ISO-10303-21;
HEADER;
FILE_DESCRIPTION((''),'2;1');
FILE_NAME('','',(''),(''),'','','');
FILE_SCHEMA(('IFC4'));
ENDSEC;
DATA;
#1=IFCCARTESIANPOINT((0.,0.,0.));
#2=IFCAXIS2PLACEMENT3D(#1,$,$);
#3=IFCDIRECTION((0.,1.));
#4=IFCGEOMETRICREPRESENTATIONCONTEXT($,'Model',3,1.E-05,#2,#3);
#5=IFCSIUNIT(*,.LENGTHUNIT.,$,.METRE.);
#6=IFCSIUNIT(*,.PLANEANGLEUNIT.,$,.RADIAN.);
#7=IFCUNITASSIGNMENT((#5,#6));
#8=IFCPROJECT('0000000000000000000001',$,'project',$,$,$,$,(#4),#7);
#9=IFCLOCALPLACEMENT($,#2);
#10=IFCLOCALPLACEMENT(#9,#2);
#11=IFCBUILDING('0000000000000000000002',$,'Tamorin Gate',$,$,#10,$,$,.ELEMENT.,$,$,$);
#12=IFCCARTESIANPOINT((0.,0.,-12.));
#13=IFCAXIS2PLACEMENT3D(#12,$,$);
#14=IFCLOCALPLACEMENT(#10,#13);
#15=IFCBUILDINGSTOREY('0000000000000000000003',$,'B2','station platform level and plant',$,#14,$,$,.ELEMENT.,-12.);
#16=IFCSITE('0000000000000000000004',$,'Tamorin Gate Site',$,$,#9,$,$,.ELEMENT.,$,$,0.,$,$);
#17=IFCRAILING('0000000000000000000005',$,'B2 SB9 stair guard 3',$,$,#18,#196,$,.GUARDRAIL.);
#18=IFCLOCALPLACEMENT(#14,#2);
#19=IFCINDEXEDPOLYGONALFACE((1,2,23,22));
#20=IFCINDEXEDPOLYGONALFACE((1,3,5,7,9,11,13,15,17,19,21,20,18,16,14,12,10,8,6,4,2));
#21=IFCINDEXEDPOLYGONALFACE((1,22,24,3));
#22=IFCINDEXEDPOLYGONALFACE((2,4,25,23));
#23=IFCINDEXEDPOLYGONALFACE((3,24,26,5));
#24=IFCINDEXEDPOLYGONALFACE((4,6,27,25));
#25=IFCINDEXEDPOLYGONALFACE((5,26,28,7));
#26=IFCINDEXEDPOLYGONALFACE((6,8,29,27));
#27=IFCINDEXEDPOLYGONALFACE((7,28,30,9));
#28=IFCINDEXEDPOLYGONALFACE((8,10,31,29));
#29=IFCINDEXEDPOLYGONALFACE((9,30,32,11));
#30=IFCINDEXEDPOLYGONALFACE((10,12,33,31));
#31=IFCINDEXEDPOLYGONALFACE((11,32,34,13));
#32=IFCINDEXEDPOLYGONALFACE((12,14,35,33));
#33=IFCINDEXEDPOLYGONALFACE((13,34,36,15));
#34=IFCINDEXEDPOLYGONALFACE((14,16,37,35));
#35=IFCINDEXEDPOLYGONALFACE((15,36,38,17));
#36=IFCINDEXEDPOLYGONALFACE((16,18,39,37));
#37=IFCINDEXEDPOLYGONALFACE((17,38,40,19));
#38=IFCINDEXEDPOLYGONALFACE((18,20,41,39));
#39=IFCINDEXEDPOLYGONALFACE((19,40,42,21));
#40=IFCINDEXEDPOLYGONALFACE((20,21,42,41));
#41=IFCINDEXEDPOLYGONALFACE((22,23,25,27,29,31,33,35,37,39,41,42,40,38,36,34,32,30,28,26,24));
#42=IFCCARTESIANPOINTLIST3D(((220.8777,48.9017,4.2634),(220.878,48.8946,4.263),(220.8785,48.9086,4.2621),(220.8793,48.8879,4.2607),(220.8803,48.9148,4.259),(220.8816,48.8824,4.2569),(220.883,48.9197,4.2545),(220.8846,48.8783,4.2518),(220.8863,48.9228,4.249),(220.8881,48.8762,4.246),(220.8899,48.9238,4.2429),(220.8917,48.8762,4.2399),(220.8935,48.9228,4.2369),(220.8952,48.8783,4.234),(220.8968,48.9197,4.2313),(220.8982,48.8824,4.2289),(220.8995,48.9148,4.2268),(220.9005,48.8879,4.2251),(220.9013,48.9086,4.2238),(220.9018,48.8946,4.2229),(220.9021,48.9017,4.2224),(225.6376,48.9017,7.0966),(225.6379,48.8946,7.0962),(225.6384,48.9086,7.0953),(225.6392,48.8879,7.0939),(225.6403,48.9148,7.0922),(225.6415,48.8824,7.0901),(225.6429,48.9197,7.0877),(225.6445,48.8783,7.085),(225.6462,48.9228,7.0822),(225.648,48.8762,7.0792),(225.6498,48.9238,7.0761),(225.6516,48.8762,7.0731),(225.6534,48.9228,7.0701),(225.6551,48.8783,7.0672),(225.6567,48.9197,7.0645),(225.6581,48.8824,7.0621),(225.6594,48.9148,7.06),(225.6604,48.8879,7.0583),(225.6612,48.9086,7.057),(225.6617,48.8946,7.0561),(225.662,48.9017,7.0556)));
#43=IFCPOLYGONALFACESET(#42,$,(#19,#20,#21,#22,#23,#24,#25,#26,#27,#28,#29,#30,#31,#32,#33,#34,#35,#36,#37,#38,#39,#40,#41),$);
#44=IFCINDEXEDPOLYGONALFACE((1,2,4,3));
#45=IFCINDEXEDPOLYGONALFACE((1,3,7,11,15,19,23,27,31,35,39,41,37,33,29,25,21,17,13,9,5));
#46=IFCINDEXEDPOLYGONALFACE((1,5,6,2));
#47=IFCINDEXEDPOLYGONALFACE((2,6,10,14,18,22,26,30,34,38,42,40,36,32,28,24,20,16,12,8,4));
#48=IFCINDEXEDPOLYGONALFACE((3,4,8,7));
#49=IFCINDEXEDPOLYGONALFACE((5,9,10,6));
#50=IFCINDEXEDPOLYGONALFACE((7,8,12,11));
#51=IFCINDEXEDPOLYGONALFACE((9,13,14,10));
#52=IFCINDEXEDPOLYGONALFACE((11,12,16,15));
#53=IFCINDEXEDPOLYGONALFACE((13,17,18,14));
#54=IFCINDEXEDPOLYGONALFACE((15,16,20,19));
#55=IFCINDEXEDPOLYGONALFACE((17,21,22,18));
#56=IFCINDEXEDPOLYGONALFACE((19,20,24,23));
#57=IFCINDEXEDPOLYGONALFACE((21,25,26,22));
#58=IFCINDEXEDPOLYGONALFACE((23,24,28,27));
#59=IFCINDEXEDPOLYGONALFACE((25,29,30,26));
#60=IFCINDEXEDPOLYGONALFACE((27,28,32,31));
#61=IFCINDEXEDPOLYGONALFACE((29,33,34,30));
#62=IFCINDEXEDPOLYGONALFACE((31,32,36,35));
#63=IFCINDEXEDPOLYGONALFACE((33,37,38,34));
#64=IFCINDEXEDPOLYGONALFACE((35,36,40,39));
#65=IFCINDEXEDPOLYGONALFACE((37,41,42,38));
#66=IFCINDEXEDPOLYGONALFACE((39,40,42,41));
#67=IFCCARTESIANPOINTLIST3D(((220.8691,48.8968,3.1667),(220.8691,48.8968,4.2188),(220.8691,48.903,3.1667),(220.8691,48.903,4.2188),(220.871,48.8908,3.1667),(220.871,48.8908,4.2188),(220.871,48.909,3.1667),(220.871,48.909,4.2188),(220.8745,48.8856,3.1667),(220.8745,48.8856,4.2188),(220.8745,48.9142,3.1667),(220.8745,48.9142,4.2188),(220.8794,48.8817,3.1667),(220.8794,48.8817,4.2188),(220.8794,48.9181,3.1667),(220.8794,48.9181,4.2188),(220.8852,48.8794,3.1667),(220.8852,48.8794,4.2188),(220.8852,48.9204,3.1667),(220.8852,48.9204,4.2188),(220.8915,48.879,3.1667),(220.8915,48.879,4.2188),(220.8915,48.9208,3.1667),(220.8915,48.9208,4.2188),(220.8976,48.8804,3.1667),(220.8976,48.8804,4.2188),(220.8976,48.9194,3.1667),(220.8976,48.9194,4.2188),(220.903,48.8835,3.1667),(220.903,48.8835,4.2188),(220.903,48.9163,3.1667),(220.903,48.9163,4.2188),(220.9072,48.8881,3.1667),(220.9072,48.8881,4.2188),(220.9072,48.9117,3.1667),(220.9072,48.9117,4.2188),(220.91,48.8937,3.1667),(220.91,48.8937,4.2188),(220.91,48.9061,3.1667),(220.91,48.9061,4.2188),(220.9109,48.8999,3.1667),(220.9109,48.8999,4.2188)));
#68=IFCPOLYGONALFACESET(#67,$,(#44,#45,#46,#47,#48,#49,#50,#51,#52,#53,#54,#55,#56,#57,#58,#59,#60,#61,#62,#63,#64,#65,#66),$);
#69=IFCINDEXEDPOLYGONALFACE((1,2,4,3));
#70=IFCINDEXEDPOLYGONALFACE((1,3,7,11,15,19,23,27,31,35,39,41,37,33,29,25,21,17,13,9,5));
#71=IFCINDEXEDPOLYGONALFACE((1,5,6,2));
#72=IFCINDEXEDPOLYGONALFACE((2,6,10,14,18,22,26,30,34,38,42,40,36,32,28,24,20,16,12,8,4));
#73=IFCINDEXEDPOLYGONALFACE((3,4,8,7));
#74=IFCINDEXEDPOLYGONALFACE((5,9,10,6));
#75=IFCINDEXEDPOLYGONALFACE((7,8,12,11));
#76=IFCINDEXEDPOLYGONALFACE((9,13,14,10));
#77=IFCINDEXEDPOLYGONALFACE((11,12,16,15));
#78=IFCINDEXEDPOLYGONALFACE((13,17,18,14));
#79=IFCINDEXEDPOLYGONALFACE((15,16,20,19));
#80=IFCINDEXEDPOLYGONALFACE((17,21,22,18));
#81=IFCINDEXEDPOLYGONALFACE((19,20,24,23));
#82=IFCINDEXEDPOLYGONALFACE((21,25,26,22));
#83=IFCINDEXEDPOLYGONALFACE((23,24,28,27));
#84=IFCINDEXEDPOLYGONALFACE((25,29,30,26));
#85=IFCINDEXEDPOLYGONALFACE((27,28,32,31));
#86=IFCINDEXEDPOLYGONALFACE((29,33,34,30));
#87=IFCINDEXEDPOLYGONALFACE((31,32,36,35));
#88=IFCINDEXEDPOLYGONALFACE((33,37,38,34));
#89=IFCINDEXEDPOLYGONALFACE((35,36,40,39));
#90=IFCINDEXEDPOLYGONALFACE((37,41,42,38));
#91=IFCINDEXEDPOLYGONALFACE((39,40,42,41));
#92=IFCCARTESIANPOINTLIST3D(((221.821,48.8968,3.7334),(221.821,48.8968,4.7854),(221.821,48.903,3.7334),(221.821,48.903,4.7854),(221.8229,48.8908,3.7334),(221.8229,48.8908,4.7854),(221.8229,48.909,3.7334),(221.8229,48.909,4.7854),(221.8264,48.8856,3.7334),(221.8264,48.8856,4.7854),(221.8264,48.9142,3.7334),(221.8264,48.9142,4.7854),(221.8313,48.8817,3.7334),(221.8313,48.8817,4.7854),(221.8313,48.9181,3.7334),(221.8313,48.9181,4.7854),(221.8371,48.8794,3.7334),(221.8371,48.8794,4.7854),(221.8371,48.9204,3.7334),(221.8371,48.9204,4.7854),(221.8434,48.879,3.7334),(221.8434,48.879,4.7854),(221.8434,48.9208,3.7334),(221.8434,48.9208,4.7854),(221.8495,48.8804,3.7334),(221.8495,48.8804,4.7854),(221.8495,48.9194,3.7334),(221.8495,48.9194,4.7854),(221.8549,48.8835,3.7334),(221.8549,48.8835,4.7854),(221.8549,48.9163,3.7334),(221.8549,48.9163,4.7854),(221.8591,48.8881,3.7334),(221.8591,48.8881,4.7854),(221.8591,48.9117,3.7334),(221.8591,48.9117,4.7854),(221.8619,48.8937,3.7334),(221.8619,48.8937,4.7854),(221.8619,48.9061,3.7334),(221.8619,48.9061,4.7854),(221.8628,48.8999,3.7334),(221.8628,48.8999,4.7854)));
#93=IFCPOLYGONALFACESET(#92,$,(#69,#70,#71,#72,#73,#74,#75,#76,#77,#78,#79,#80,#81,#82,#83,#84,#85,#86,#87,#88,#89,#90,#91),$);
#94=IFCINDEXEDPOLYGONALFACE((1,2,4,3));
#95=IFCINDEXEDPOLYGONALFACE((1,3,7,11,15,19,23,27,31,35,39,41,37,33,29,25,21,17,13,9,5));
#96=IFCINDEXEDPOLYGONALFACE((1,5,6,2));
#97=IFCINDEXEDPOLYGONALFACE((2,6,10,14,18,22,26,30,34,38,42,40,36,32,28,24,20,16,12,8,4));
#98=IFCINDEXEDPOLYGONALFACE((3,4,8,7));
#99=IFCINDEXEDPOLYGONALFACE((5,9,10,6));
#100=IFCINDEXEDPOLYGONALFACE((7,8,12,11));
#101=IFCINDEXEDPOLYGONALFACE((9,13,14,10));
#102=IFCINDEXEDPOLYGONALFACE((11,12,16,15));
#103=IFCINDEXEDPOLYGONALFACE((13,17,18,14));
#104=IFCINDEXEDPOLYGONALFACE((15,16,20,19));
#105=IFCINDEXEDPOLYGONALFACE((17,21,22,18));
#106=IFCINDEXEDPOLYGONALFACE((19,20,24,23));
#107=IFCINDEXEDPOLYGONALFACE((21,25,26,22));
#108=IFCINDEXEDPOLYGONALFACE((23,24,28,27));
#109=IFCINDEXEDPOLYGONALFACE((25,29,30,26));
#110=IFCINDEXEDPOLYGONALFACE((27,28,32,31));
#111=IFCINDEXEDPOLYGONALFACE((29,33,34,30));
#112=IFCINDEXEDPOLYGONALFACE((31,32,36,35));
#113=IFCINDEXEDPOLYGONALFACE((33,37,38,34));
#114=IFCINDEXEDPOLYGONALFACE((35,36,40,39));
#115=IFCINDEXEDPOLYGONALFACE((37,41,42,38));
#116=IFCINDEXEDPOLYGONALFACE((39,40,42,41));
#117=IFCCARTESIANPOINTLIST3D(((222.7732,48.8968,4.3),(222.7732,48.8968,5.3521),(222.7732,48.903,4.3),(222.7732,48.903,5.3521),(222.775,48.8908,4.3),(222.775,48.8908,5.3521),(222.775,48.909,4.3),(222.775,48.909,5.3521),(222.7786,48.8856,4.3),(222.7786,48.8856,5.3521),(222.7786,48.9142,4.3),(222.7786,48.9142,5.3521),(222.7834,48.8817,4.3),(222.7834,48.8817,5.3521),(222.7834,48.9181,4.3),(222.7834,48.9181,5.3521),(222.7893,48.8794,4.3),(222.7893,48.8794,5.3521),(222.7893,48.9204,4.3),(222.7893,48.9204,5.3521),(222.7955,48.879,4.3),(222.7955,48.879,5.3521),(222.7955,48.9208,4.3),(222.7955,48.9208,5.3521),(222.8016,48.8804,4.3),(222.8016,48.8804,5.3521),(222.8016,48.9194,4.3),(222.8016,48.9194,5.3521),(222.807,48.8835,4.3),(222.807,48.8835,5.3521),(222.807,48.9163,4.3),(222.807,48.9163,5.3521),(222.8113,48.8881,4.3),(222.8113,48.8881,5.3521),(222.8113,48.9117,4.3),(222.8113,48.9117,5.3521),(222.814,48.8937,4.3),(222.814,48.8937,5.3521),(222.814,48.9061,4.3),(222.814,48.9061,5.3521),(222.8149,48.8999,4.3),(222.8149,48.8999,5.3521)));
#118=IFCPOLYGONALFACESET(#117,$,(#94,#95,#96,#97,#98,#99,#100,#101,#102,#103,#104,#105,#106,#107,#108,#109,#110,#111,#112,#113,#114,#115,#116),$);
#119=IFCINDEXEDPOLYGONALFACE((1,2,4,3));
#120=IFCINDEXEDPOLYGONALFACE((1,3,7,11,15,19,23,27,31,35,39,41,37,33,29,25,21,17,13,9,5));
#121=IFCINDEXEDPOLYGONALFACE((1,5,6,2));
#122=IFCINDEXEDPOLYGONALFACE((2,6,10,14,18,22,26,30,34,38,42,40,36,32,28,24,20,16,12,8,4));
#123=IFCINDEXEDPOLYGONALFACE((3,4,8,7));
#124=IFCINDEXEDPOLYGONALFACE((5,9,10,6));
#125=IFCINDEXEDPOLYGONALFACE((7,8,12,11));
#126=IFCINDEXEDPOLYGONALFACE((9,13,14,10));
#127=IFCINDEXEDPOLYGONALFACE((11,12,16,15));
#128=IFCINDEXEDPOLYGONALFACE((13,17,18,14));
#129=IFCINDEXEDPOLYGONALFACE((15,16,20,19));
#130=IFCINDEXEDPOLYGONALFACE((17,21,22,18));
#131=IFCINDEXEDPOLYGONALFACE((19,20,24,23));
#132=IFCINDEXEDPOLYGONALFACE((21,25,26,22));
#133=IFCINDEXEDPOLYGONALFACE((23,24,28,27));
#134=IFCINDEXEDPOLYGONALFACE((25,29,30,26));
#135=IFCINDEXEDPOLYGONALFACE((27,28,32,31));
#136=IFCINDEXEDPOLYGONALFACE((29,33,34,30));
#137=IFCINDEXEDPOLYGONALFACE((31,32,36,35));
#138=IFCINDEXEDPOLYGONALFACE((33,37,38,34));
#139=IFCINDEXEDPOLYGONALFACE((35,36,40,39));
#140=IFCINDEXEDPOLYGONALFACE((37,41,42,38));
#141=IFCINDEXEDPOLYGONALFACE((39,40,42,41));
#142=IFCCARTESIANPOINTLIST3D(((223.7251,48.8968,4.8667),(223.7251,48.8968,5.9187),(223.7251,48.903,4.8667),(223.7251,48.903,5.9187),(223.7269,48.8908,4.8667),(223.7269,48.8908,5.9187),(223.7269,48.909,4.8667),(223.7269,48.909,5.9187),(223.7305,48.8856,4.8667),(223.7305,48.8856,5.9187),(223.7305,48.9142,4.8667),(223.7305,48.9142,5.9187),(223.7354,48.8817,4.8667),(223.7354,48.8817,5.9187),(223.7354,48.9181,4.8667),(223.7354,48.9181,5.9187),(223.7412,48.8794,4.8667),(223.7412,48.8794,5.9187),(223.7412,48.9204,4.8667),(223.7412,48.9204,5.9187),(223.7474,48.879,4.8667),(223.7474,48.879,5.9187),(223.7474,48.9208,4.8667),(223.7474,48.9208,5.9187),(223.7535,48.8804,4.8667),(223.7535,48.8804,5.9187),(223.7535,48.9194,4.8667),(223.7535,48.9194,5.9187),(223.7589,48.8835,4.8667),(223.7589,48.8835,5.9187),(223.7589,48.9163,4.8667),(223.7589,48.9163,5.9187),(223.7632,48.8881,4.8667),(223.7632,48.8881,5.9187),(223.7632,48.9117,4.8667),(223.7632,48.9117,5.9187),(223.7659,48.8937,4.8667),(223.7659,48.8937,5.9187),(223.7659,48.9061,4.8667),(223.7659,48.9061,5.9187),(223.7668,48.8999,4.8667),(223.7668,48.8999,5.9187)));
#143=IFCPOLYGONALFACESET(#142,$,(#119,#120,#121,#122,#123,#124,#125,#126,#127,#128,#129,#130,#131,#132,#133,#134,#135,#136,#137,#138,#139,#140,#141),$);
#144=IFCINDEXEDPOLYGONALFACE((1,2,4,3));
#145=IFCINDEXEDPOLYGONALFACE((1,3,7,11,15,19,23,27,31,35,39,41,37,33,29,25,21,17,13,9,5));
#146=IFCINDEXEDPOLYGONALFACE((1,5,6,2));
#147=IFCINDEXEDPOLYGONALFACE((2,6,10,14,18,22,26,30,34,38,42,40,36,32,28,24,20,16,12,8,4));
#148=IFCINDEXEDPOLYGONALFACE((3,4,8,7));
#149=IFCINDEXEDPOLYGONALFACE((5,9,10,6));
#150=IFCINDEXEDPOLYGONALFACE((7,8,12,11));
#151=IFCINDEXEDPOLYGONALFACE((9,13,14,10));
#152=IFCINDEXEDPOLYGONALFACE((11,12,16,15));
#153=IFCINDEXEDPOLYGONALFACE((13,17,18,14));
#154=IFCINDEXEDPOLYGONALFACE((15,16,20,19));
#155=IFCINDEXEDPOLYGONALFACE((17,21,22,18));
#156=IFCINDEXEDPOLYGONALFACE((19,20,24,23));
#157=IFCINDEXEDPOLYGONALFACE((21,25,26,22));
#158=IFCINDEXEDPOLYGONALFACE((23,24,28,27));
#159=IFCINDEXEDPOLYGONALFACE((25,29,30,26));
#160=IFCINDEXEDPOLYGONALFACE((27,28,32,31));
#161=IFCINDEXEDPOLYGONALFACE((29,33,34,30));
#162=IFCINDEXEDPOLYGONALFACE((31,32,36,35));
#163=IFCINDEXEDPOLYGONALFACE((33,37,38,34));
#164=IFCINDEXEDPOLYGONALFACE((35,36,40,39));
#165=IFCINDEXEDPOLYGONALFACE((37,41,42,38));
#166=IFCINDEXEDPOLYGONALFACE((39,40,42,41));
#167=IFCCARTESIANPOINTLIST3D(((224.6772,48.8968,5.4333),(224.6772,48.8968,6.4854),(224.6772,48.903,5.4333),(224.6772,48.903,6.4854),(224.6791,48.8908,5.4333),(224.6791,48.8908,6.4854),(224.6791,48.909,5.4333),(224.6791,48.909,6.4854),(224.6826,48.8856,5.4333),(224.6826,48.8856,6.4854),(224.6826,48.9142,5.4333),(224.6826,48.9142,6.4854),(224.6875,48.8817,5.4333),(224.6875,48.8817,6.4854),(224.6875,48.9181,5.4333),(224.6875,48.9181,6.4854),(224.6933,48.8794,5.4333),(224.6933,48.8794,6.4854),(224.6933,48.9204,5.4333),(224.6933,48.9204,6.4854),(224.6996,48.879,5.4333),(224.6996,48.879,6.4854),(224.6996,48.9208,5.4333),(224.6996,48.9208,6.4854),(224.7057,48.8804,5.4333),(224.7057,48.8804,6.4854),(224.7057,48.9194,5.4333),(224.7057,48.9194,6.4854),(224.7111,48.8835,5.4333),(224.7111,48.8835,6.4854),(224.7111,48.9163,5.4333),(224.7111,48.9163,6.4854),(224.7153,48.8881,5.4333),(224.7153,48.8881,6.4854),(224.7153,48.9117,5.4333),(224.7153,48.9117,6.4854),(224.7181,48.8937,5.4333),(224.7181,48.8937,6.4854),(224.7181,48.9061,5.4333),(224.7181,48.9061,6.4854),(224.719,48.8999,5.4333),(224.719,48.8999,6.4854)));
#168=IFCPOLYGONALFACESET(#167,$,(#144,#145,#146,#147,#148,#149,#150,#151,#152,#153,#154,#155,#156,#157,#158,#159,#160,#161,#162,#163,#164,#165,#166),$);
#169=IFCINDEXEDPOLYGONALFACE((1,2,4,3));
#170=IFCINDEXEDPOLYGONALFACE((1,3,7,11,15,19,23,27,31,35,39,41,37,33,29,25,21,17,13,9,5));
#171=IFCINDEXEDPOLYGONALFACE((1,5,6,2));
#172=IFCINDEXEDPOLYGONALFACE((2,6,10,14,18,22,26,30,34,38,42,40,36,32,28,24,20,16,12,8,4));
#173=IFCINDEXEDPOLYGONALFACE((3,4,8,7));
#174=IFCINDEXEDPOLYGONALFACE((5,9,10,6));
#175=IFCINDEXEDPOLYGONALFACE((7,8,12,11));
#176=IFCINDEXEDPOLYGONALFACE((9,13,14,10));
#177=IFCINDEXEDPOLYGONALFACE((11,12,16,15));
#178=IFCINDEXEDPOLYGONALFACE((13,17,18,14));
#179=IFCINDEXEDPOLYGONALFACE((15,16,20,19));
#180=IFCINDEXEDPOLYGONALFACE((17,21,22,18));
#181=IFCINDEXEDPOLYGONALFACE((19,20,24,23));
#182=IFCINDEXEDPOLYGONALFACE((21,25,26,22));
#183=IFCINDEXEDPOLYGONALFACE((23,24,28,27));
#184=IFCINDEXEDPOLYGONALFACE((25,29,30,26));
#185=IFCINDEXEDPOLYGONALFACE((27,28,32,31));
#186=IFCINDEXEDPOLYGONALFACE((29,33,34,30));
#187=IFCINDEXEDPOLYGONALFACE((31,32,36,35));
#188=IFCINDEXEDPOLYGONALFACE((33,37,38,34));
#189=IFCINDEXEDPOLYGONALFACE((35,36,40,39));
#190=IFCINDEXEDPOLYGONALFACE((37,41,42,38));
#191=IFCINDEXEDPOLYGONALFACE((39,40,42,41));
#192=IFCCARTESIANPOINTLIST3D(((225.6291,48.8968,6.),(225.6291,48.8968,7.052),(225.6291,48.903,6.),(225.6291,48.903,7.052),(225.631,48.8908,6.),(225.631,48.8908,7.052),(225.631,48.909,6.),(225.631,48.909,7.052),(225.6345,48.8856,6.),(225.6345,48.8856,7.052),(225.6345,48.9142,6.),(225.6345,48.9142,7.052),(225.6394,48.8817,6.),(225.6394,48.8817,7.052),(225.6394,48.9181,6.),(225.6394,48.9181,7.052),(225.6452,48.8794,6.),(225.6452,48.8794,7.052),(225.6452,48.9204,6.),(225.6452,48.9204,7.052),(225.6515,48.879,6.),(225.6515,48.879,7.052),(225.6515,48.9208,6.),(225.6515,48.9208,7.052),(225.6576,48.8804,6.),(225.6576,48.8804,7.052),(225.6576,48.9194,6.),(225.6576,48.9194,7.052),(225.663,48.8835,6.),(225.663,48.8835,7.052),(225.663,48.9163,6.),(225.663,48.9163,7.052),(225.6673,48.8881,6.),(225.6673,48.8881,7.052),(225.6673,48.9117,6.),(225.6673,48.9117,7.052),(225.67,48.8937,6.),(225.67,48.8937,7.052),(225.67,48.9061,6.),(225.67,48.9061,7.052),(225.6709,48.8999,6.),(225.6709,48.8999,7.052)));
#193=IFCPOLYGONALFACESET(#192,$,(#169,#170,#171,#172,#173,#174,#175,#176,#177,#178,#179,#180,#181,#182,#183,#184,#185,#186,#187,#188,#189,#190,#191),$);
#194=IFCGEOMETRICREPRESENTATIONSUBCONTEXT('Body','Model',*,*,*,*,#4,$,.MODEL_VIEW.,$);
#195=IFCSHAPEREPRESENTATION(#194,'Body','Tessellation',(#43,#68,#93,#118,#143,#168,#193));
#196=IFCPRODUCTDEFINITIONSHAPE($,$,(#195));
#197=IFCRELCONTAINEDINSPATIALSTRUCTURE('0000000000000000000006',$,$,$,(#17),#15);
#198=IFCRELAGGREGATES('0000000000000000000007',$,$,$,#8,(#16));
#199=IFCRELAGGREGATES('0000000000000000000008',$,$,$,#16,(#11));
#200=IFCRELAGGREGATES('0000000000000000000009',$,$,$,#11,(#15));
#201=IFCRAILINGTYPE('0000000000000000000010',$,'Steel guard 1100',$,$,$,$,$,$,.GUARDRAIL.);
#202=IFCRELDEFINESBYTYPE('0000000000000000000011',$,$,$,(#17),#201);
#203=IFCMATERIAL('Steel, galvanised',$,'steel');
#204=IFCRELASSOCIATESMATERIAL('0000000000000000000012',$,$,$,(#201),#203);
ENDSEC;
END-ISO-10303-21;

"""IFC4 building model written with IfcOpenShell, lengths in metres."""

from ifc_helpers import new_model, si_unit, direction, frame, origin, origin_2d, place, context, subcontext, project, spatial, circle, extrude, material, type_object, element, save


model = new_model("IFC4")

# Units and contexts
model_context = context("Model", 3, precision=1e-05, world=origin(), true_north=direction((0.0, 1.0)))
body_context = subcontext(model_context, "Body", "Model", "MODEL_VIEW")
ifc_project = project(units=[si_unit("LENGTHUNIT", "METRE"), si_unit("PLANEANGLEUNIT", "RADIAN")], contexts=[model_context])

# Site, building, storey
site_placement = place(None, origin())
site = spatial("IfcSite", under=ifc_project, at=site_placement, Name="Tamorin Gate Site", CompositionType="ELEMENT", RefElevation=0.0)
building_placement = place(site_placement, origin())
building = spatial("IfcBuilding", under=site, at=building_placement, Name="Tamorin Gate", CompositionType="ELEMENT")
storey_placement = place(building_placement, frame((0.0, 0.0, -12.0)))
storey = spatial("IfcBuildingStorey", under=building, at=storey_placement, Name="B2", Description="station platform level and plant", CompositionType="ELEMENT", Elevation=-12.0)

# Railing
ifc_material_1 = material(Name="Steel, galvanised", Category="steel")
railing_type_1 = type_object("IfcRailingType", Name="Steel guard 1100", PredefinedType="GUARDRAIL", material=ifc_material_1)
railing_1_placement = place(storey_placement, frame((220.8899, 48.8999, 3.1667)))
element("IfcRailing", 1, at=railing_1_placement, inside=storey, type_object=railing_type_1, Name="B2 SB9 stair guard 3", PredefinedType="GUARDRAIL", context=body_context, shape_type="SweptSolid", body=[
    extrude(circle(Radius=0.0239, at=origin_2d()), frame((0.0, 0.0, 1.0762), z_axis=(0.8593, 0.0, 0.511472), x_axis=(0.0, 1.0, 0.0)), (0.0, 0.0, 1.0), 5.5393),
    extrude(circle(Radius=0.021, at=origin_2d()), origin(), (0.0, 0.0, 1.0), 1.052),
    extrude(circle(Radius=0.021, at=origin_2d()), frame((0.9519, 0.0, 0.5667)), (0.0, 0.0, 1.0), 1.052),
    extrude(circle(Radius=0.021, at=origin_2d()), frame((1.9041, 0.0, 1.1333)), (0.0, 0.0, 1.0), 1.052),
    extrude(circle(Radius=0.021, at=origin_2d()), frame((2.856, 0.0, 1.7)), (0.0, 0.0, 1.0), 1.052),
    extrude(circle(Radius=0.021, at=origin_2d()), frame((3.8081, 0.0, 2.2666)), (0.0, 0.0, 1.0), 1.052),
    extrude(circle(Radius=0.021, at=origin_2d()), frame((4.76, 0.0, 2.8333)), (0.0, 0.0, 1.0), 1.052),
])

save(model, "model.ifc")
